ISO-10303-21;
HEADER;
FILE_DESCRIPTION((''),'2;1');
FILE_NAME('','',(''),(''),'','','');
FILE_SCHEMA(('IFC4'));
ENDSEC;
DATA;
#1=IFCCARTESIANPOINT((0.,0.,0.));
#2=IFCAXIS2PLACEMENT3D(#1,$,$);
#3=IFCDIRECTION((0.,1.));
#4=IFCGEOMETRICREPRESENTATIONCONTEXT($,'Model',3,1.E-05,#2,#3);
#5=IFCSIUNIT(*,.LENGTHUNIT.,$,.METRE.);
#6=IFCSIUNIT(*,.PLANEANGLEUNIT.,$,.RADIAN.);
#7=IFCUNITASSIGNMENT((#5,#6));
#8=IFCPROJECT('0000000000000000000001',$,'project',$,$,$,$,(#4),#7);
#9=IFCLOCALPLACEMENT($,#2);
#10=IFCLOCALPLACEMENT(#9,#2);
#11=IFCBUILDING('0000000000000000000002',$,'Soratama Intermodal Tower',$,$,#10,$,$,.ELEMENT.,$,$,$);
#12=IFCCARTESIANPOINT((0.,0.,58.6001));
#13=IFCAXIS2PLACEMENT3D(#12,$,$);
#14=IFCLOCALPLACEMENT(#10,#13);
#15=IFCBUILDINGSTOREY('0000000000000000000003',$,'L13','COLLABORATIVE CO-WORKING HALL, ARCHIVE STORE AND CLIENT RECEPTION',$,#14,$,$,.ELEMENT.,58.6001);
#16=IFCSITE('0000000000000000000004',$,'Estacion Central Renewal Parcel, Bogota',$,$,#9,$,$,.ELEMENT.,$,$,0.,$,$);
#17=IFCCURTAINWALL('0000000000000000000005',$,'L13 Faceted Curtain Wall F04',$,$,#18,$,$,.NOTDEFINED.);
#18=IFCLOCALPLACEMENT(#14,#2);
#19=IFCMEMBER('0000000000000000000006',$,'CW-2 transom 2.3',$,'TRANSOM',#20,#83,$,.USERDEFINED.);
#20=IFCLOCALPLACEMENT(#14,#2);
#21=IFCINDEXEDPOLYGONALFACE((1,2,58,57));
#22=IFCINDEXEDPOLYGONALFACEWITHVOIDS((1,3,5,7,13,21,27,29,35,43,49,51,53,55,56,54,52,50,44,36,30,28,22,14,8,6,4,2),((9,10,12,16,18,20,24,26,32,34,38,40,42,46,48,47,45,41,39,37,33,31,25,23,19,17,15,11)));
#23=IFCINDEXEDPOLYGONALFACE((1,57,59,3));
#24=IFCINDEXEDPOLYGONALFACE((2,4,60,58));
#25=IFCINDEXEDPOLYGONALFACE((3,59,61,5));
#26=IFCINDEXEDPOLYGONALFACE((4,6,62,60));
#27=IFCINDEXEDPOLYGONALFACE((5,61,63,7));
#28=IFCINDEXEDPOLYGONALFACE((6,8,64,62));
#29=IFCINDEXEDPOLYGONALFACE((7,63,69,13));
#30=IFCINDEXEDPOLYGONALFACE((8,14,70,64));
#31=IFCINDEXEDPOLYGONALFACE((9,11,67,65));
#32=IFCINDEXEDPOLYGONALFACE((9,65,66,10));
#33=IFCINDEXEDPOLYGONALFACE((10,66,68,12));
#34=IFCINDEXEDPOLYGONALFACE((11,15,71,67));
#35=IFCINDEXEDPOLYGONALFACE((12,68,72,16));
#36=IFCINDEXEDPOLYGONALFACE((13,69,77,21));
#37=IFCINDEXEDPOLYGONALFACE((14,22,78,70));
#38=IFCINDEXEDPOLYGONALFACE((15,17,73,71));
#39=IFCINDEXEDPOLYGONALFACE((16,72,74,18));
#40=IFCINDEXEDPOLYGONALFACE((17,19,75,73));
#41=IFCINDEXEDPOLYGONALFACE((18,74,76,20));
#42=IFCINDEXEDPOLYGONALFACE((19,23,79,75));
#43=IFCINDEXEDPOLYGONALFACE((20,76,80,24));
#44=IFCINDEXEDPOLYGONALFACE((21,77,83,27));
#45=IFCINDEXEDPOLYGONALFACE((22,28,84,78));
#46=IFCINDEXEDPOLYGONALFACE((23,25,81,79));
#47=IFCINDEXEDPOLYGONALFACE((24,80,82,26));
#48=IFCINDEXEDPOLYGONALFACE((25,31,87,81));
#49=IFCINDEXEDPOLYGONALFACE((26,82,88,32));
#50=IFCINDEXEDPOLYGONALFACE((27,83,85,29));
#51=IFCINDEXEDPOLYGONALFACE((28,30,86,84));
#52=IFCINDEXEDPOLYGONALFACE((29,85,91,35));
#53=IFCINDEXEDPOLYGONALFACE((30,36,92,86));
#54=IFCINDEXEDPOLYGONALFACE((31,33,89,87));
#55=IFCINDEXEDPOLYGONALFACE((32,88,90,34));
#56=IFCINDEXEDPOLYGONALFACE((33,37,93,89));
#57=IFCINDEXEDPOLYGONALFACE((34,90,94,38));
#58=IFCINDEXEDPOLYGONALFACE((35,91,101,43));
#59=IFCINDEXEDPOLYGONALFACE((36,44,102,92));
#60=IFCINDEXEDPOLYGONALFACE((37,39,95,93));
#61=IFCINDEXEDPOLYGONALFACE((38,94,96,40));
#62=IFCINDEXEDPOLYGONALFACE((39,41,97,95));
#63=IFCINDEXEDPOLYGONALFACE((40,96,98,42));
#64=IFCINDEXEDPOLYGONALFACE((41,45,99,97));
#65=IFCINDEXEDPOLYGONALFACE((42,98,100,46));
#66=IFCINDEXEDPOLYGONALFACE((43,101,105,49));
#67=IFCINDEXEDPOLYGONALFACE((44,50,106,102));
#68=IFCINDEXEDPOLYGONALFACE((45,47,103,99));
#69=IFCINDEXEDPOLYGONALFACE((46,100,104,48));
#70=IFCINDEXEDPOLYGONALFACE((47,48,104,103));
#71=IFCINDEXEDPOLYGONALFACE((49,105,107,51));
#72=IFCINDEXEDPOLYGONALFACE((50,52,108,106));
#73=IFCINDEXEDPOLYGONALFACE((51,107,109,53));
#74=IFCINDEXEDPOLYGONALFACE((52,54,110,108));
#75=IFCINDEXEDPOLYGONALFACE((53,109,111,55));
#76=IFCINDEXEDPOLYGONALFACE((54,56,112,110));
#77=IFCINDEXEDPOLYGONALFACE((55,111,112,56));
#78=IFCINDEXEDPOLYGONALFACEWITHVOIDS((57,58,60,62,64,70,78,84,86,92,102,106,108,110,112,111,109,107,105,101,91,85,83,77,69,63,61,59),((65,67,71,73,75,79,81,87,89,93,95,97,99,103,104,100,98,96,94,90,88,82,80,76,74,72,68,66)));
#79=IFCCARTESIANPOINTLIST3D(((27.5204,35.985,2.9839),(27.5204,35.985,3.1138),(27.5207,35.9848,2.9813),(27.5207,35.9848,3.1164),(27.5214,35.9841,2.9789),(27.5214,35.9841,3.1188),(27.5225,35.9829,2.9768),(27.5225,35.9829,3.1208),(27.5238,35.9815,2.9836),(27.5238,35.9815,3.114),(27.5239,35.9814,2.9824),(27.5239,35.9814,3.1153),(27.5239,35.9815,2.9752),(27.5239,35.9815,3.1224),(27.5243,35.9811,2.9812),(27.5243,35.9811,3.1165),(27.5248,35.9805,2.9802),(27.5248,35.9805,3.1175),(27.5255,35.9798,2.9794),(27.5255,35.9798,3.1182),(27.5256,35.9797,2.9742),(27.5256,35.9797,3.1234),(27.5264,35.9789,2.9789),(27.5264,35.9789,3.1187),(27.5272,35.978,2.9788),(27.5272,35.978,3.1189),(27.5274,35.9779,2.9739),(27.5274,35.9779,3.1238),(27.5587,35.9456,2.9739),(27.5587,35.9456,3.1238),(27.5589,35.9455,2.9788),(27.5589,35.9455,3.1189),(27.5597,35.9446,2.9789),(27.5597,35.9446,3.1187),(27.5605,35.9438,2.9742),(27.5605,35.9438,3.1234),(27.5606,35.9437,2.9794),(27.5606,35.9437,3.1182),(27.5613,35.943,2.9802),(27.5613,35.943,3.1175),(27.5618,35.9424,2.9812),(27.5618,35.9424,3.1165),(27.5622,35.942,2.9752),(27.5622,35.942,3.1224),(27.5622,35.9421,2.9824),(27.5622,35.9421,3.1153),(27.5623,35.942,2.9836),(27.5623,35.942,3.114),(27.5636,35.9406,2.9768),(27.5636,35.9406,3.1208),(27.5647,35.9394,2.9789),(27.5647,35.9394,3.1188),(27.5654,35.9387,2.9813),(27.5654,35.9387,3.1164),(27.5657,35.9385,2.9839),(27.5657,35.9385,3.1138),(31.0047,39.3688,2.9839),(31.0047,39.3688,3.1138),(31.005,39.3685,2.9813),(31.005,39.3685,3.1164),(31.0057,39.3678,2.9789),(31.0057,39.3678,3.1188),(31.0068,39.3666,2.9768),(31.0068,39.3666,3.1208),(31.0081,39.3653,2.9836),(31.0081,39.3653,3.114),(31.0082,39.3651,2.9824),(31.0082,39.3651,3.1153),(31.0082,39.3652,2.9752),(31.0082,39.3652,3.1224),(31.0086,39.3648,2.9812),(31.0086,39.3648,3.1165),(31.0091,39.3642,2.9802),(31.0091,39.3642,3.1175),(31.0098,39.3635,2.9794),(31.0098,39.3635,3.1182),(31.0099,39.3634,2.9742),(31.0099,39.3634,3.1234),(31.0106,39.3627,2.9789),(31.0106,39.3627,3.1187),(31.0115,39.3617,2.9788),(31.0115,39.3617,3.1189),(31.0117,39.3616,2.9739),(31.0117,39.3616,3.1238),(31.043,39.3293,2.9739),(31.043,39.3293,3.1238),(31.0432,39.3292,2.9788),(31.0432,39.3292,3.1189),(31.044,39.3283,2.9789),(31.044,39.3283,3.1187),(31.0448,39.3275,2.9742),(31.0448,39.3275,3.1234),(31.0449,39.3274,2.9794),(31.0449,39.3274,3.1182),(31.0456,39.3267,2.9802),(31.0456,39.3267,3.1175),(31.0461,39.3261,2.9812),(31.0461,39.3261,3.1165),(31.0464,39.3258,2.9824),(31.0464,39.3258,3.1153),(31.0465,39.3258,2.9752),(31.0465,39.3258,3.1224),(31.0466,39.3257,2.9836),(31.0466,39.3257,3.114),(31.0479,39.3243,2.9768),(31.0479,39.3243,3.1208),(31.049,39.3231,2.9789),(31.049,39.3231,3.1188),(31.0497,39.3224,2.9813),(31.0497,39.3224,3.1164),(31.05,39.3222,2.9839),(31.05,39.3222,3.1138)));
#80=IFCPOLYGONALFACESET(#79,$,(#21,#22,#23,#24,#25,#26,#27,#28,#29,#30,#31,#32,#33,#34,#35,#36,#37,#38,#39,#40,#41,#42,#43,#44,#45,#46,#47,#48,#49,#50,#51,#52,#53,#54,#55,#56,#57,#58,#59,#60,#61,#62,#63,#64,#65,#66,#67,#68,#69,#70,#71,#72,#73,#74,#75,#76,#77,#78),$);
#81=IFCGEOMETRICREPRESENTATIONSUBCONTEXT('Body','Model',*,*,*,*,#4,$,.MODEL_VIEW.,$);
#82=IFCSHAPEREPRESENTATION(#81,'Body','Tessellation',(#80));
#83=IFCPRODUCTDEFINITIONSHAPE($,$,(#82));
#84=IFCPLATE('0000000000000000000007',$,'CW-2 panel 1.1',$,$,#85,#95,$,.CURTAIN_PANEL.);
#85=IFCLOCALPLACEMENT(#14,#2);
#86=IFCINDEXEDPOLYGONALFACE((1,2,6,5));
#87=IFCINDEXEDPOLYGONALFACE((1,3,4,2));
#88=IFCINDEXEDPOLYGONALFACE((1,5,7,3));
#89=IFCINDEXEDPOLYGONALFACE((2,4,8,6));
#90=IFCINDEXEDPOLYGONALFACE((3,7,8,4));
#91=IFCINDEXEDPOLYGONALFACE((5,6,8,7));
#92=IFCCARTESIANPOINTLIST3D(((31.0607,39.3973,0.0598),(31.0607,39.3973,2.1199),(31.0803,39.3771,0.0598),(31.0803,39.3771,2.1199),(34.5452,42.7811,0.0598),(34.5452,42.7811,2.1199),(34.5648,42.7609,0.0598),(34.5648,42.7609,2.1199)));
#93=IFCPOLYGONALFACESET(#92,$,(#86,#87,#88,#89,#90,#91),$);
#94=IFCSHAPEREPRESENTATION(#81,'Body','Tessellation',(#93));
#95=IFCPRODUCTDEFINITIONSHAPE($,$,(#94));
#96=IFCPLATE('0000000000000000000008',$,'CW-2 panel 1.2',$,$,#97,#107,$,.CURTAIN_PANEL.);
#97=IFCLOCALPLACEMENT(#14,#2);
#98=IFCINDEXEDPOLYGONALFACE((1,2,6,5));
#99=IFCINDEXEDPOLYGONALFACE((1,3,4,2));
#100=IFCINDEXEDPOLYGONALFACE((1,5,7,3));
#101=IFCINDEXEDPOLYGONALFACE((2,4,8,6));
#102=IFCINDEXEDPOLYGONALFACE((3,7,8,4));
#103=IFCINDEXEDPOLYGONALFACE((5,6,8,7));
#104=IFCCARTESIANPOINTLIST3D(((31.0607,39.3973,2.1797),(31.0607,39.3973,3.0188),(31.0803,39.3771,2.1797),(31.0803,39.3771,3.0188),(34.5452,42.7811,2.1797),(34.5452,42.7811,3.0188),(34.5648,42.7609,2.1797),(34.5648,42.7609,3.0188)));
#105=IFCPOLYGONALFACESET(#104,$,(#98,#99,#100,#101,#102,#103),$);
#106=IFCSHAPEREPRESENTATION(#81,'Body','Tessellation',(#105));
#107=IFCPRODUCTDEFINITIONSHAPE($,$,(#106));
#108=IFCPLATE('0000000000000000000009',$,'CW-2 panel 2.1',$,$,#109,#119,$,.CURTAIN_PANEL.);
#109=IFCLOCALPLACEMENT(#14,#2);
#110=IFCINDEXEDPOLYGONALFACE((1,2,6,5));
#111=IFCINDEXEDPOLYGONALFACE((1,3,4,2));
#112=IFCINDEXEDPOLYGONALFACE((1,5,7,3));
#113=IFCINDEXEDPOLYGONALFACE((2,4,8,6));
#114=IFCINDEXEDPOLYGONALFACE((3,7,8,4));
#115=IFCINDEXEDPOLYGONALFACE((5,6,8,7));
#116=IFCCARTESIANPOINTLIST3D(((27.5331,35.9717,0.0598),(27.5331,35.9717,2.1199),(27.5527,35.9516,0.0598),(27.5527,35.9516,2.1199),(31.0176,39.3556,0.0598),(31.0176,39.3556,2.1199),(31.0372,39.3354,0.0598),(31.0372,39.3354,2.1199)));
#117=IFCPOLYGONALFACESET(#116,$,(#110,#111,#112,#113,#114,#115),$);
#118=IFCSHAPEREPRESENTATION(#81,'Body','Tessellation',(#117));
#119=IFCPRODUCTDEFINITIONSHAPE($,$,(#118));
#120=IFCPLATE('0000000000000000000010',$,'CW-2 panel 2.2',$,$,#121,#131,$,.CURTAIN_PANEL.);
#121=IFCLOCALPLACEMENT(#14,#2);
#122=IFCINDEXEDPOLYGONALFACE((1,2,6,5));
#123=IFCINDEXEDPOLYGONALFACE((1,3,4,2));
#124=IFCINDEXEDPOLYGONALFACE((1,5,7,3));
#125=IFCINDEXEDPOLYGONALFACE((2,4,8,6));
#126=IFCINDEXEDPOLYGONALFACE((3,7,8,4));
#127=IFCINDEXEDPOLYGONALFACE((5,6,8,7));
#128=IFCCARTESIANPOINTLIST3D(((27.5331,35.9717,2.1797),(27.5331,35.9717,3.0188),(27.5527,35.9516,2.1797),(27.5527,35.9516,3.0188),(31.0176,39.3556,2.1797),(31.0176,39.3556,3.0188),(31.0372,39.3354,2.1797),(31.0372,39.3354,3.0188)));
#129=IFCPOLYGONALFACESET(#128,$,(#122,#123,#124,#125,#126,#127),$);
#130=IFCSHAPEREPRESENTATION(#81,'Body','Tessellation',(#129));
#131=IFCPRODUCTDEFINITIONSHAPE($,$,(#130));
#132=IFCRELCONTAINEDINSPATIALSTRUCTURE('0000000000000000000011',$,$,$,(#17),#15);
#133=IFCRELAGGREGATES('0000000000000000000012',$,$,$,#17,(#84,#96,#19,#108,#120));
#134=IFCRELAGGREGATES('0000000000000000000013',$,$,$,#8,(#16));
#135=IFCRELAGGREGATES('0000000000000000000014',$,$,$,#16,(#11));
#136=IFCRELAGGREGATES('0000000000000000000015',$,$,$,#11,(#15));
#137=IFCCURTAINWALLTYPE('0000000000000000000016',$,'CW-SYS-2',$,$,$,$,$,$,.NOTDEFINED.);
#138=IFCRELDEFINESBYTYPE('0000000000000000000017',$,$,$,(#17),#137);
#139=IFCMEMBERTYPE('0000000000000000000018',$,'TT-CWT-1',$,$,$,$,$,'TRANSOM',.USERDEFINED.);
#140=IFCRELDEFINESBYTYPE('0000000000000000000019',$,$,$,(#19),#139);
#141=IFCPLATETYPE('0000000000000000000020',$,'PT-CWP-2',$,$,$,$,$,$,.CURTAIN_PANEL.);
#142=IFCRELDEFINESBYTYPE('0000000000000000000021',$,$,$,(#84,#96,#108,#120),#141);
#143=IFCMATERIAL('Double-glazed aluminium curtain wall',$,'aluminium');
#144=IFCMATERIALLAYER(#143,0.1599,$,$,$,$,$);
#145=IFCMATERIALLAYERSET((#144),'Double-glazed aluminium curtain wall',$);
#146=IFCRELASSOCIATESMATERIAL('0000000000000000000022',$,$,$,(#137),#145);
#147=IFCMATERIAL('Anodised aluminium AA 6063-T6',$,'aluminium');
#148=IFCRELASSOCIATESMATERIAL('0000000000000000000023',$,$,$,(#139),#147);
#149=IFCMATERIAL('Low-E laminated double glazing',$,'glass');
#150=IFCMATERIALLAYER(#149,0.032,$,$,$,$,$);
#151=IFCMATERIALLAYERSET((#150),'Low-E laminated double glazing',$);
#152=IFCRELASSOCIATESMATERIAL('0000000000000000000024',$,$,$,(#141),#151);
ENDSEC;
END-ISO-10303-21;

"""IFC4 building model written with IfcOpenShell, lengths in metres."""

from ifc_helpers import new_model, si_unit, direction, frame, origin, origin_2d, place, context, subcontext, project, spatial, rectangle, hollow_rectangle, extrude, material, layer, layer_set, material_profile, profile_set, type_object, element, aggregate, save


model = new_model("IFC4")

# Units and contexts
model_context = context("Model", 3, precision=1e-05, world=origin(), true_north=direction((0.0, 1.0)))
body_context = subcontext(model_context, "Body", "Model", "MODEL_VIEW")
ifc_project = project(units=[si_unit("LENGTHUNIT", "METRE"), si_unit("PLANEANGLEUNIT", "RADIAN")], contexts=[model_context])

# Site, building, storey
site_placement = place(None, origin())
site = spatial("IfcSite", under=ifc_project, at=site_placement, Name="Estacion Central Renewal Parcel, Bogota", CompositionType="ELEMENT", RefElevation=0.0)
building_placement = place(site_placement, origin())
building = spatial("IfcBuilding", under=site, at=building_placement, Name="Soratama Intermodal Tower", CompositionType="ELEMENT")
storey_placement = place(building_placement, frame((0.0, 0.0, 58.6001)))
storey = spatial("IfcBuildingStorey", under=building, at=storey_placement, Name="L13", Description="COLLABORATIVE CO-WORKING HALL, ARCHIVE STORE AND CLIENT RECEPTION", CompositionType="ELEMENT", Elevation=58.6001)

# Curtain wall, member, plates
ifc_material_1 = material(Name="Double-glazed aluminium curtain wall", Category="aluminium")
ifc_layer_1 = layer(ifc_material_1, 0.1599)
ifc_layer_set_1 = layer_set([ifc_layer_1], Name="Double-glazed aluminium curtain wall")
curtain_wall_type = type_object("IfcCurtainWallType", Name="CW-SYS-2", PredefinedType="NOTDEFINED", material=ifc_layer_set_1)
curtain_wall_placement = place(storey_placement, origin())
curtain_wall = element("IfcCurtainWall", 1, at=curtain_wall_placement, inside=storey, type_object=curtain_wall_type, Name="L13 Faceted Curtain Wall F04", PredefinedType="NOTDEFINED")
ifc_material_2 = material(Name="Anodised aluminium AA 6063-T6", Category="aluminium")
ifc_material_profile_1 = material_profile(ifc_material_2, hollow_rectangle(XDim=0.0649, YDim=0.1499, WallThickness=0.0049, InnerFilletRadius=0.0049, OuterFilletRadius=0.01, at=origin_2d()), Name="CWT150X65X5")
ifc_profile_set_1 = profile_set([ifc_material_profile_1], Name="Anodised aluminium AA 6063-T6")
member_type_1 = type_object("IfcMemberType", Name="TT-CWT-1", ElementType="TRANSOM", PredefinedType="USERDEFINED", material=ifc_profile_set_1)
member_1_placement = place(storey_placement, frame((31.0273, 39.3455, 3.0488), z_axis=(-0.717386, -0.696676, 0.0), x_axis=(0.696676, -0.717386, 0.0)))
member_1 = element("IfcMember", 2, at=member_1_placement, type_object=member_type_1, Name="CW-2 transom 2.3", ObjectType="TRANSOM", PredefinedType="USERDEFINED", context=body_context, shape_type="SweptSolid", body=[
    extrude(hollow_rectangle(XDim=0.0649, YDim=0.1499, WallThickness=0.0049, InnerFilletRadius=0.0049, OuterFilletRadius=0.01, at=origin_2d()), origin(), (0.0, 0.0, 1.0), 4.8569),
])
ifc_material_3 = material(Name="Low-E laminated double glazing", Category="glass")
ifc_layer_2 = layer(ifc_material_3, 0.032)
ifc_layer_set_2 = layer_set([ifc_layer_2], Name="Low-E laminated double glazing")
plate_type = type_object("IfcPlateType", Name="PT-CWP-2", PredefinedType="CURTAIN_PANEL", material=ifc_layer_set_2)
plate_1_placement = place(storey_placement, frame((32.8127, 41.0791, 0.0598), z_axis=(0.0, 0.0, 1.0), x_axis=(-0.717396, -0.696666, 0.0)))
plate_1 = element("IfcPlate", 3, at=plate_1_placement, type_object=plate_type, Name="CW-2 panel 1.1", PredefinedType="CURTAIN_PANEL", context=body_context, shape_type="SweptSolid", body=[
    extrude(rectangle(XDim=4.8572, YDim=0.0281, at=origin_2d()), origin(), (0.0, 0.0, 1.0), 2.0601),
])
plate_2_placement = place(storey_placement, frame((32.8127, 41.0791, 2.1797), z_axis=(0.0, 0.0, 1.0), x_axis=(-0.717396, -0.696666, 0.0)))
plate_2 = element("IfcPlate", 4, at=plate_2_placement, type_object=plate_type, Name="CW-2 panel 1.2", PredefinedType="CURTAIN_PANEL", context=body_context, shape_type="SweptSolid", body=[
    extrude(rectangle(XDim=4.8572, YDim=0.0281, at=origin_2d()), origin(), (0.0, 0.0, 1.0), 0.8391),
])
plate_3_placement = place(storey_placement, frame((29.2852, 37.6536, 0.0598), z_axis=(0.0, 0.0, 1.0), x_axis=(-0.717396, -0.696666, 0.0)))
plate_3 = element("IfcPlate", 5, at=plate_3_placement, type_object=plate_type, Name="CW-2 panel 2.1", PredefinedType="CURTAIN_PANEL", context=body_context, shape_type="SweptSolid", body=[
    extrude(rectangle(XDim=4.8572, YDim=0.0281, at=origin_2d()), origin(), (0.0, 0.0, 1.0), 2.0601),
])
plate_4_placement = place(storey_placement, frame((29.2852, 37.6536, 2.1797), z_axis=(0.0, 0.0, 1.0), x_axis=(-0.717396, -0.696666, 0.0)))
plate_4 = element("IfcPlate", 6, at=plate_4_placement, type_object=plate_type, Name="CW-2 panel 2.2", PredefinedType="CURTAIN_PANEL", context=body_context, shape_type="SweptSolid", body=[
    extrude(rectangle(XDim=4.8572, YDim=0.0281, at=origin_2d()), origin(), (0.0, 0.0, 1.0), 0.8391),
])
aggregate(curtain_wall, [plate_1, plate_2, member_1, plate_3, plate_4])

save(model, "model.ifc")
